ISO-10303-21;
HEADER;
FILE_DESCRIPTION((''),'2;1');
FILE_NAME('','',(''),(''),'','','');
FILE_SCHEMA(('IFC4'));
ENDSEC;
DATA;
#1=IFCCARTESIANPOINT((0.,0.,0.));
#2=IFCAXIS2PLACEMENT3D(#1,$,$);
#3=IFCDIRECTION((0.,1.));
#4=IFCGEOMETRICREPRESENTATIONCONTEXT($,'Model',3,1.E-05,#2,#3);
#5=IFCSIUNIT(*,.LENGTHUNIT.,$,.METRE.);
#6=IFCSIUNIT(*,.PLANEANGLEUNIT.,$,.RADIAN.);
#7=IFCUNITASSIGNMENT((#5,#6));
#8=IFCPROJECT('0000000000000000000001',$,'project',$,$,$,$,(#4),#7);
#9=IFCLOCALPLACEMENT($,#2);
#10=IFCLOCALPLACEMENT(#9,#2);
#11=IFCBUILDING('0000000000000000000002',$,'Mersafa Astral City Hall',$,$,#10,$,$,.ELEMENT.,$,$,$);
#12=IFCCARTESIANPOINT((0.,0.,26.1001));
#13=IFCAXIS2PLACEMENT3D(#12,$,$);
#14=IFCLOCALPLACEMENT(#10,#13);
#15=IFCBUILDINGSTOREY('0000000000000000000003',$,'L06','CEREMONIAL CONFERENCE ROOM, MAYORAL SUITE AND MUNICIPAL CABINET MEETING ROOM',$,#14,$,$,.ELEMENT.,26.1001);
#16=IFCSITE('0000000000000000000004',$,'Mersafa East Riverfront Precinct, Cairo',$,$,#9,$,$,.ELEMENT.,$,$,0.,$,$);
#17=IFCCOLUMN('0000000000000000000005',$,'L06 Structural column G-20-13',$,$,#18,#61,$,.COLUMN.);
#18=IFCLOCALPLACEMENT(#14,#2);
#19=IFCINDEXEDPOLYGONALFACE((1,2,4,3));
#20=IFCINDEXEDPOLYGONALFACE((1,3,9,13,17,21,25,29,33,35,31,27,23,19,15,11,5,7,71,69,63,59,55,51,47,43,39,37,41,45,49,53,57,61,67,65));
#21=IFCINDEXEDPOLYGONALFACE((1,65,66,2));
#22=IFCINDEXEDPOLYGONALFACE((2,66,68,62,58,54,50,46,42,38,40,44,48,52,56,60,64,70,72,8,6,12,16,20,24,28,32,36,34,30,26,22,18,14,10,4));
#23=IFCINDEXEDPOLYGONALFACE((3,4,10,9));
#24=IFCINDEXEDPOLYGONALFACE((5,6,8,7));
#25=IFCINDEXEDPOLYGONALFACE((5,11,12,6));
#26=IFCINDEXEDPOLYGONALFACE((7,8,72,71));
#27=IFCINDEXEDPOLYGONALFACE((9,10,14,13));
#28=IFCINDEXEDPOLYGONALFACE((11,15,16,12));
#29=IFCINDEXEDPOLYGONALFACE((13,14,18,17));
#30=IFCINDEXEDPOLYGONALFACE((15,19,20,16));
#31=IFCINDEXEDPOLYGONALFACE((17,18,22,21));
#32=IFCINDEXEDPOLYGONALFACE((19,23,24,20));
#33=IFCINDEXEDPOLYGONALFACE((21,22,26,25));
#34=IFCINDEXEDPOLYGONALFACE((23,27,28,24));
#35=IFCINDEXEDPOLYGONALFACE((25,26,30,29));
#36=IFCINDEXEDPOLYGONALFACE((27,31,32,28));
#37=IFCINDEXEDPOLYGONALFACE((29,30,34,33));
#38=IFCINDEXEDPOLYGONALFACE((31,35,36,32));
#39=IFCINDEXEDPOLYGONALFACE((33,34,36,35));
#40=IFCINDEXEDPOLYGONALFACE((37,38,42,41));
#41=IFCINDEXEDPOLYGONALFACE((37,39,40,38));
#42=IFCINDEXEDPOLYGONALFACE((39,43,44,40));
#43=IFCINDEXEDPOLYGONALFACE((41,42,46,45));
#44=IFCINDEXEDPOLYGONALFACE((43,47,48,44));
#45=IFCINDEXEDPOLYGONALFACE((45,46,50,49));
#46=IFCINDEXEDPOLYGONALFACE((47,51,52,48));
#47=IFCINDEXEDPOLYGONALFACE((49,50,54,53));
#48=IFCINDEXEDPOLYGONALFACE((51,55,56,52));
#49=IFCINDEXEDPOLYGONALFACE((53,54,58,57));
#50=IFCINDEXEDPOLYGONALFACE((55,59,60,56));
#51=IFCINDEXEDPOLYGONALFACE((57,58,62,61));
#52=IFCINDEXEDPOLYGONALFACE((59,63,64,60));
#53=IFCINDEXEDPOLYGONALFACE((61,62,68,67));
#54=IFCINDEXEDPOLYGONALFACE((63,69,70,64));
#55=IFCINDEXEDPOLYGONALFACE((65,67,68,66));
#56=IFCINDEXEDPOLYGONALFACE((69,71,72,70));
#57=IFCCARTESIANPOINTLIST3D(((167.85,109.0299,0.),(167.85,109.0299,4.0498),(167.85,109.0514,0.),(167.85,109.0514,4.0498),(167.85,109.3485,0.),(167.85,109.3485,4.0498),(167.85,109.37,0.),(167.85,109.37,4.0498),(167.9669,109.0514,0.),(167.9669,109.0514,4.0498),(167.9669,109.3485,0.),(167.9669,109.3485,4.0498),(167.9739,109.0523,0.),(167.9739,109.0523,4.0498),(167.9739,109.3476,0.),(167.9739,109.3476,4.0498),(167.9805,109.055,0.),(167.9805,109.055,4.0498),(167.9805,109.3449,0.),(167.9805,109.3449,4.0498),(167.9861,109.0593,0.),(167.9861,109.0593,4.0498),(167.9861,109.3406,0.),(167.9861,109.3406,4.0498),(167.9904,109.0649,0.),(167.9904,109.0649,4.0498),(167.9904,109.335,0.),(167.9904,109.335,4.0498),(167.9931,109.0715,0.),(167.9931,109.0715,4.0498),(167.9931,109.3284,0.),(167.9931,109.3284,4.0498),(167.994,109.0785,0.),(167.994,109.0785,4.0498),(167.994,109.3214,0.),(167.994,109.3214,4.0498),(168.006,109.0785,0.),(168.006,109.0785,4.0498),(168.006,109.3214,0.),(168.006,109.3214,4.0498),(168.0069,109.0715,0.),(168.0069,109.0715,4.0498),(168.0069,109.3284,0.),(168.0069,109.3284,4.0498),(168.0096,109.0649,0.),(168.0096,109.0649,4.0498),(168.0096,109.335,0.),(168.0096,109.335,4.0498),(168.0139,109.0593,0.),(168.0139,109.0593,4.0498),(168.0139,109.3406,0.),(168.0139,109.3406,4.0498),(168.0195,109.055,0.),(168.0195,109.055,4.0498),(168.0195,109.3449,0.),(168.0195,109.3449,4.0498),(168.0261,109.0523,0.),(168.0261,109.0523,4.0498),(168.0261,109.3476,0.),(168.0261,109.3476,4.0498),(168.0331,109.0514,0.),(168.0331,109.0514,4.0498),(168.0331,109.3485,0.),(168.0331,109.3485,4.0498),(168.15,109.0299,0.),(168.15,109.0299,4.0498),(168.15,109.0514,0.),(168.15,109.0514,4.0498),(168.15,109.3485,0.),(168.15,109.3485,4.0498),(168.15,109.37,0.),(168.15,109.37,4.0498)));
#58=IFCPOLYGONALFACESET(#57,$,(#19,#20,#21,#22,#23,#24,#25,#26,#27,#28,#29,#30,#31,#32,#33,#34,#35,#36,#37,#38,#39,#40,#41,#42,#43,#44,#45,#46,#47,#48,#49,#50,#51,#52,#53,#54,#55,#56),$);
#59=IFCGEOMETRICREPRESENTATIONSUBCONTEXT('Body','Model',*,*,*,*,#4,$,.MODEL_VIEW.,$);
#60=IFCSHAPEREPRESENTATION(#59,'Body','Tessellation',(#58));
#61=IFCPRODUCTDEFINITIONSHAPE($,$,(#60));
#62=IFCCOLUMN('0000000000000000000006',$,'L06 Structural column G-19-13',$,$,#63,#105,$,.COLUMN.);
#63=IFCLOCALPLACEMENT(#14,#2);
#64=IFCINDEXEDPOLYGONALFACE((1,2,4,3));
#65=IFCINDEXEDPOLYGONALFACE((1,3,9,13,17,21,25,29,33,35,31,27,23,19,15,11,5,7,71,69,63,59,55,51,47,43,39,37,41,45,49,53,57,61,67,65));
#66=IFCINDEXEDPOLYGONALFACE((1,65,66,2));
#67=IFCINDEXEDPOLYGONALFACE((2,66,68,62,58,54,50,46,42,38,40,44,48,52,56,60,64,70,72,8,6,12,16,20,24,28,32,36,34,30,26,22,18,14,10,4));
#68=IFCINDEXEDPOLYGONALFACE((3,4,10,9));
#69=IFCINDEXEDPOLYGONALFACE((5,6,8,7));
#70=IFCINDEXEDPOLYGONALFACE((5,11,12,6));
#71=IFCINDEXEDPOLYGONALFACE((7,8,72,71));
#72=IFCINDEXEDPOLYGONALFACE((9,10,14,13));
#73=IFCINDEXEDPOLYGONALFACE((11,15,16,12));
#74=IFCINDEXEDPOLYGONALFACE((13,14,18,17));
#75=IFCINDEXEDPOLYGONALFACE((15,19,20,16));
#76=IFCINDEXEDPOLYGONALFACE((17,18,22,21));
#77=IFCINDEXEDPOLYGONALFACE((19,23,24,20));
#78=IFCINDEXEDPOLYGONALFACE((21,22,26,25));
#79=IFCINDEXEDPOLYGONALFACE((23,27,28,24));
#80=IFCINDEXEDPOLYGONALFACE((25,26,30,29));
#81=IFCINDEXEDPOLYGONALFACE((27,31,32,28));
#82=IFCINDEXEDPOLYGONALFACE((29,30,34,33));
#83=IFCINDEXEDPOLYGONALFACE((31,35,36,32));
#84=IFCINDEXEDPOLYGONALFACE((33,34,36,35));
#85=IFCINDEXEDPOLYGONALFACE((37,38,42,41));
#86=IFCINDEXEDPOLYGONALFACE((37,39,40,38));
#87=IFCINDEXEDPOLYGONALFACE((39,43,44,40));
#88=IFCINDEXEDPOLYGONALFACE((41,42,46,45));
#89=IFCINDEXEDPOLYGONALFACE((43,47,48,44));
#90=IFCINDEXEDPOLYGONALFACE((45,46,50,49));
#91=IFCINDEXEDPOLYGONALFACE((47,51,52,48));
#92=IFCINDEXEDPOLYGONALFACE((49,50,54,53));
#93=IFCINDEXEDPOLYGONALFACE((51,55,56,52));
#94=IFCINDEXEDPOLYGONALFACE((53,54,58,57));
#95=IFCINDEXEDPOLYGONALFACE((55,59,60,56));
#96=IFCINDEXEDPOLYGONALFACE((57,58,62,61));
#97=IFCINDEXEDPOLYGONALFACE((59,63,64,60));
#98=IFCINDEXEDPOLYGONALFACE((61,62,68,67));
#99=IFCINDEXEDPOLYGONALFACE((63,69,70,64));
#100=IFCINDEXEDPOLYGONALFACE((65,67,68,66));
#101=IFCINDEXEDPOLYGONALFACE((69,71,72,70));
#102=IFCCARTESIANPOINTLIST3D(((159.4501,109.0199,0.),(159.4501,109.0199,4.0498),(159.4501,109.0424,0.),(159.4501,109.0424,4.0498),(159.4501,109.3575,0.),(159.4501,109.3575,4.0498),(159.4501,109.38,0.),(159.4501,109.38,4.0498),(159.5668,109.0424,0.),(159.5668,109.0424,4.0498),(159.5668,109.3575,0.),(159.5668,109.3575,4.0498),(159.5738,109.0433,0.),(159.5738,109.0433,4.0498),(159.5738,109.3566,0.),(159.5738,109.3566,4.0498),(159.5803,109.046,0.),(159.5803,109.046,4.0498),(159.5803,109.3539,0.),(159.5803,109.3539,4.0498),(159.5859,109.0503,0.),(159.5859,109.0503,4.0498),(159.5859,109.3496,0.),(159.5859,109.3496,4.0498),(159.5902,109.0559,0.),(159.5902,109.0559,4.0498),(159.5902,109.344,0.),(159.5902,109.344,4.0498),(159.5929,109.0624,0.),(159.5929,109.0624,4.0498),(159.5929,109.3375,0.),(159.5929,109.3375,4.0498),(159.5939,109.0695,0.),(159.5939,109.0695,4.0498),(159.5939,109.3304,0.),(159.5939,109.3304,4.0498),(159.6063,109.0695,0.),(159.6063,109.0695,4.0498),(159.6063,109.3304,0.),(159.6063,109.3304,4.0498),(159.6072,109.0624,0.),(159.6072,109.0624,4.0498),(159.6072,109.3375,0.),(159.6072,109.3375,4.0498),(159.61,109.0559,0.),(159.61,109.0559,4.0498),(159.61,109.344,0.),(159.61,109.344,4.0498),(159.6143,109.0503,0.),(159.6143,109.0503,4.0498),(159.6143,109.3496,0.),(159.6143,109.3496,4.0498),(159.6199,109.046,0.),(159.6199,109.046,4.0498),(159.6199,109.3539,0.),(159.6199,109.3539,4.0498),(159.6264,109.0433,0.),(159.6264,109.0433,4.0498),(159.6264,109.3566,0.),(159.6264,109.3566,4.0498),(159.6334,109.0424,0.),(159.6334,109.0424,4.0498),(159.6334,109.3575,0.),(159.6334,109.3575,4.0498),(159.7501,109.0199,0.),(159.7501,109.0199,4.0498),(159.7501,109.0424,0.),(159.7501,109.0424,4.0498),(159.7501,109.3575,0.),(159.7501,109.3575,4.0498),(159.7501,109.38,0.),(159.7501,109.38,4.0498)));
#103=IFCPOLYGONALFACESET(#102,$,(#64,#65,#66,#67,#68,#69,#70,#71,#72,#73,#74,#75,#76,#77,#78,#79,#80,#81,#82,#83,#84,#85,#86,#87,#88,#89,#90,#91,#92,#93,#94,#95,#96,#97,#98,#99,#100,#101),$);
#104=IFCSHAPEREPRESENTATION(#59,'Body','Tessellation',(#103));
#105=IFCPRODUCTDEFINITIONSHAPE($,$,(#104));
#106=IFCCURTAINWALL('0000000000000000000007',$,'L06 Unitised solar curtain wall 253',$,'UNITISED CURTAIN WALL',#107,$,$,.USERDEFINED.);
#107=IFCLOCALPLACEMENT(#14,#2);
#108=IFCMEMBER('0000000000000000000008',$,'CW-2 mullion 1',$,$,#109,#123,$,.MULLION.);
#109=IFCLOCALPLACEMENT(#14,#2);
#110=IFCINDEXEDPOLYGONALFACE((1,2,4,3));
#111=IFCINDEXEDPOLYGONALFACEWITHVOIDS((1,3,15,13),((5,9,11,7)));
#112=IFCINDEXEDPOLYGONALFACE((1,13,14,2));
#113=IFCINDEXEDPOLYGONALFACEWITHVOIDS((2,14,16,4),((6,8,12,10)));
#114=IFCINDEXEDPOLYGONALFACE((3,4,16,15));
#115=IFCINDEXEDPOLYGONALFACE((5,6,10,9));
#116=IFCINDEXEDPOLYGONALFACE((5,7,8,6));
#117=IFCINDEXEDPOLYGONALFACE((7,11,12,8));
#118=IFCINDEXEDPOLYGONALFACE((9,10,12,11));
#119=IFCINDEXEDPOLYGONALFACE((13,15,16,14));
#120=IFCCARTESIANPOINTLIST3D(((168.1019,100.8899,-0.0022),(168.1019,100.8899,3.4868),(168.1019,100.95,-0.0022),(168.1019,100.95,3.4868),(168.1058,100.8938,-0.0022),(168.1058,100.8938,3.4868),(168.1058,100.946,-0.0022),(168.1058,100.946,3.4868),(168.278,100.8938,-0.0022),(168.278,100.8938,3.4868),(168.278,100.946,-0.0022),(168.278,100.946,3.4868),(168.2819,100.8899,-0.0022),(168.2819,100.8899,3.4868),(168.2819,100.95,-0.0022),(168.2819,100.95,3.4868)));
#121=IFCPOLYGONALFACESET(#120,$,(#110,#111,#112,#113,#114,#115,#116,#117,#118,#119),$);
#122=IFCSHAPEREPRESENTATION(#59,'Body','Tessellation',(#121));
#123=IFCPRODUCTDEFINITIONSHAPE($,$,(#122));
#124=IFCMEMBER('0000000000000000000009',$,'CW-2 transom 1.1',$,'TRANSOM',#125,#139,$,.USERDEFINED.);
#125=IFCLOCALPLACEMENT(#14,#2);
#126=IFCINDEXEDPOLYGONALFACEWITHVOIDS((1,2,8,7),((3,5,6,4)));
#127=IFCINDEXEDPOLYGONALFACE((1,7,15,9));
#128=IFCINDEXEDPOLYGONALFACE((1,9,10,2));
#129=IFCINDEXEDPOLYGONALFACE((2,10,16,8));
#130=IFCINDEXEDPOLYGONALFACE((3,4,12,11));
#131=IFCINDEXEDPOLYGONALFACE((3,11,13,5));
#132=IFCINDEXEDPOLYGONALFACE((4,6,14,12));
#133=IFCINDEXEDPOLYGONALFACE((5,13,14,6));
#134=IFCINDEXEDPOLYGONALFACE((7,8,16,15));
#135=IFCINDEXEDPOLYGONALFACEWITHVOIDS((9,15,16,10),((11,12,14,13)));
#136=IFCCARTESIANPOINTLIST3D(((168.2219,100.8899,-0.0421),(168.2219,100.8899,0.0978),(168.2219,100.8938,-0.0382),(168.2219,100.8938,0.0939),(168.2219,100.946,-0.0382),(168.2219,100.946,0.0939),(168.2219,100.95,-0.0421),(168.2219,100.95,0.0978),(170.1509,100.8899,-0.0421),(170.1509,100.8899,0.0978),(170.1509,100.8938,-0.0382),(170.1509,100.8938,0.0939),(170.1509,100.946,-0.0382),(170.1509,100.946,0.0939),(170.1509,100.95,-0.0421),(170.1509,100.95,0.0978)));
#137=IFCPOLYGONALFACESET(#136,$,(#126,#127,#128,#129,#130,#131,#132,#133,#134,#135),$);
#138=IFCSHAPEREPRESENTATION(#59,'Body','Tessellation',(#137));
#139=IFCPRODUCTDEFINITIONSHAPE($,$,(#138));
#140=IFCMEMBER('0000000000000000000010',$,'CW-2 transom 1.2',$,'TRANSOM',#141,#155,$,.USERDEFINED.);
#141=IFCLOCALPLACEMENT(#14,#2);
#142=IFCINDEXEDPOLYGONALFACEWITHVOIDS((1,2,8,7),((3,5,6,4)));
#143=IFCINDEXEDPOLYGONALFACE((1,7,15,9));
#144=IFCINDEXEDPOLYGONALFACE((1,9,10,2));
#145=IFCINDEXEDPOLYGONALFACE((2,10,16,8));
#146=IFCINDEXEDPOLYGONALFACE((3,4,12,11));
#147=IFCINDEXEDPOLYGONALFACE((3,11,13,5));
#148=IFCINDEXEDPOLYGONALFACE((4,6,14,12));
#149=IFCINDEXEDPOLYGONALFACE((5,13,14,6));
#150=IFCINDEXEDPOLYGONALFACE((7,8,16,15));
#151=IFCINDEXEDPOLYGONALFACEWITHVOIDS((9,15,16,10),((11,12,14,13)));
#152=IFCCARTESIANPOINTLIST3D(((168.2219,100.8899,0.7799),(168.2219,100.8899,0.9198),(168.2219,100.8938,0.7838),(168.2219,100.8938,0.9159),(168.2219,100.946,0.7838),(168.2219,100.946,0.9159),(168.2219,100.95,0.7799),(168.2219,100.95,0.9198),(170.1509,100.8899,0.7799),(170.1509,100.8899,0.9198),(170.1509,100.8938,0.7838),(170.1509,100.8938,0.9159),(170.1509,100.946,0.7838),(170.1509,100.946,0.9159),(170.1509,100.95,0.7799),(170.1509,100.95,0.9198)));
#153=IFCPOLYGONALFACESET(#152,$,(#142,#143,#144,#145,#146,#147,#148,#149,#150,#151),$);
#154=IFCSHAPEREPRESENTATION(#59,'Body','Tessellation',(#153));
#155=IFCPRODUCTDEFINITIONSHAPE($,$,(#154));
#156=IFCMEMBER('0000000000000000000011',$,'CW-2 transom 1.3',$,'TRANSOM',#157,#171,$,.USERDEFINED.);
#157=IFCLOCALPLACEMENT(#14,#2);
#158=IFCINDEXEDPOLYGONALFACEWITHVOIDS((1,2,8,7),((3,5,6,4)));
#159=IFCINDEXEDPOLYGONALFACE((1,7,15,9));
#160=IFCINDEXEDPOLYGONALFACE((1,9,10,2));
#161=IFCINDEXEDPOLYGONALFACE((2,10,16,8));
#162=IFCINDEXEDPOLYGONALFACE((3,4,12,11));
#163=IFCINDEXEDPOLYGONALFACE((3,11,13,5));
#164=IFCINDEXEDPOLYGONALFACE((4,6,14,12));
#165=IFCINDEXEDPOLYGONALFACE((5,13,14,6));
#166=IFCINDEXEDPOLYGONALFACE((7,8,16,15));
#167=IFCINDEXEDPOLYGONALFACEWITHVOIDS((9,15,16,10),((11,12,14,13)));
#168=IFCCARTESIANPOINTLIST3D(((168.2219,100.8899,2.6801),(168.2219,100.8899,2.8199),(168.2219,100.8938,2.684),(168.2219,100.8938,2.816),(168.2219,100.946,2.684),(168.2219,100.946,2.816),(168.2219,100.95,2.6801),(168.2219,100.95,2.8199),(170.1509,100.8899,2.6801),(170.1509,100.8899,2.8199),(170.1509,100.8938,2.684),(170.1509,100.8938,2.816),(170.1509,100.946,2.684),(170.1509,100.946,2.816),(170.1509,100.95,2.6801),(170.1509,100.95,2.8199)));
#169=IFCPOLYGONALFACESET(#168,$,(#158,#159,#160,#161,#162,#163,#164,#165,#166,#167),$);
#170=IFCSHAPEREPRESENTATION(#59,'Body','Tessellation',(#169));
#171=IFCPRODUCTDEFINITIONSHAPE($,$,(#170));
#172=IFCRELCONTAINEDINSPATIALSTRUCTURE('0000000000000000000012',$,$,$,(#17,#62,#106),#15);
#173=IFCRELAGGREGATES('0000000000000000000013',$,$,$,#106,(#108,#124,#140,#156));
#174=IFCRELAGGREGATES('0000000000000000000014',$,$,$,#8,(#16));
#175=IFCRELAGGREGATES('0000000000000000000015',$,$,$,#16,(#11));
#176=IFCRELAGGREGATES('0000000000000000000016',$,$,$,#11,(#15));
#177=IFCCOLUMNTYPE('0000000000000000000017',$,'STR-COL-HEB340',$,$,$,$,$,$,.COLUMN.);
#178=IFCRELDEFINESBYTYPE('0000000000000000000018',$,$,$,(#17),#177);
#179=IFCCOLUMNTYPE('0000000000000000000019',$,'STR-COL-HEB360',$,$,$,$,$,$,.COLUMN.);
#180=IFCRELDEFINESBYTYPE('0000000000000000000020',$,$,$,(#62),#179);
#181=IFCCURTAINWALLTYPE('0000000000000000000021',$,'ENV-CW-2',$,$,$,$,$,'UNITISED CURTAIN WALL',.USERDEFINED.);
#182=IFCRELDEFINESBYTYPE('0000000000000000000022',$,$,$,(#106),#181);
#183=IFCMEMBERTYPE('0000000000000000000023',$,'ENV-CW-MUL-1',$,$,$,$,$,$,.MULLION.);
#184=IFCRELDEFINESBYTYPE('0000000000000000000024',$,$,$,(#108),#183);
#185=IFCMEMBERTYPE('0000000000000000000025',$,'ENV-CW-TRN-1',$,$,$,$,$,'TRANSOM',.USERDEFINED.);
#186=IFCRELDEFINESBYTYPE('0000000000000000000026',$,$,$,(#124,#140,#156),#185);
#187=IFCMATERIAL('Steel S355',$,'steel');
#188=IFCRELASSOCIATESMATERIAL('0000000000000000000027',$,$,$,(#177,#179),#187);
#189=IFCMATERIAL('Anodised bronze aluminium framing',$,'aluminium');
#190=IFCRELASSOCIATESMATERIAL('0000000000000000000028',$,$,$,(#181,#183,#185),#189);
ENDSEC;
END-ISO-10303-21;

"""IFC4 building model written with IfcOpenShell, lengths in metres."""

from ifc_helpers import new_model, si_unit, direction, frame, origin, origin_2d, place, context, subcontext, project, spatial, hollow_rectangle, i_section, extrude, material, material_profile, profile_set, type_object, element, aggregate, save


model = new_model("IFC4")

# Units and contexts
model_context = context("Model", 3, precision=1e-05, world=origin(), true_north=direction((0.0, 1.0)))
body_context = subcontext(model_context, "Body", "Model", "MODEL_VIEW")
ifc_project = project(units=[si_unit("LENGTHUNIT", "METRE"), si_unit("PLANEANGLEUNIT", "RADIAN")], contexts=[model_context])

# Site, building, storey
site_placement = place(None, origin())
site = spatial("IfcSite", under=ifc_project, at=site_placement, Name="Mersafa East Riverfront Precinct, Cairo", CompositionType="ELEMENT", RefElevation=0.0)
building_placement = place(site_placement, origin())
building = spatial("IfcBuilding", under=site, at=building_placement, Name="Mersafa Astral City Hall", CompositionType="ELEMENT")
storey_placement = place(building_placement, frame((0.0, 0.0, 26.1001)))
storey = spatial("IfcBuildingStorey", under=building, at=storey_placement, Name="L06", Description="CEREMONIAL CONFERENCE ROOM, MAYORAL SUITE AND MUNICIPAL CABINET MEETING ROOM", CompositionType="ELEMENT", Elevation=26.1001)

# Columns
ifc_material_1 = material(Name="Steel S355", Category="steel")
ifc_material_profile_1 = material_profile(ifc_material_1, i_section(OverallWidth=0.3, OverallDepth=0.3401, WebThickness=0.012, FlangeThickness=0.0215, FilletRadius=0.0271, at=origin_2d()), Name="HEB 340")
ifc_profile_set_1 = profile_set([ifc_material_profile_1], Name="Steel S355")
column_type_1 = type_object("IfcColumnType", Name="STR-COL-HEB340", PredefinedType="COLUMN", material=ifc_profile_set_1)
column_1_placement = place(storey_placement, frame((168.0, 109.2, 0.0), z_axis=(0.0, 0.0, 1.0), x_axis=(1.0, 0.0, 0.0)))
element("IfcColumn", 1, at=column_1_placement, inside=storey, type_object=column_type_1, Name="L06 Structural column G-20-13", PredefinedType="COLUMN", context=body_context, shape_type="SweptSolid", body=[
    extrude(i_section(OverallWidth=0.3, OverallDepth=0.3401, WebThickness=0.012, FlangeThickness=0.0215, FilletRadius=0.0271, at=origin_2d()), origin(), (0.0, 0.0, 1.0), 4.0498),
])
ifc_material_profile_2 = material_profile(ifc_material_1, i_section(OverallWidth=0.3, OverallDepth=0.3601, WebThickness=0.0125, FlangeThickness=0.0225, FilletRadius=0.0271, at=origin_2d()), Name="HEB 360")
ifc_profile_set_2 = profile_set([ifc_material_profile_2], Name="Steel S355")
column_type_2 = type_object("IfcColumnType", Name="STR-COL-HEB360", PredefinedType="COLUMN", material=ifc_profile_set_2)
column_2_placement = place(storey_placement, frame((159.6001, 109.2, 0.0), z_axis=(0.0, 0.0, 1.0), x_axis=(1.0, 0.0, 0.0)))
element("IfcColumn", 2, at=column_2_placement, inside=storey, type_object=column_type_2, Name="L06 Structural column G-19-13", PredefinedType="COLUMN", context=body_context, shape_type="SweptSolid", body=[
    extrude(i_section(OverallWidth=0.3, OverallDepth=0.3601, WebThickness=0.0125, FlangeThickness=0.0225, FilletRadius=0.0271, at=origin_2d()), origin(), (0.0, 0.0, 1.0), 4.0498),
])

# Curtain wall, members
ifc_material_2 = material(Name="Anodised bronze aluminium framing", Category="aluminium")
curtain_wall_type = type_object("IfcCurtainWallType", Name="ENV-CW-2", ElementType="UNITISED CURTAIN WALL", PredefinedType="USERDEFINED", material=ifc_material_2)
curtain_wall_placement = place(storey_placement, origin())
curtain_wall = element("IfcCurtainWall", 3, at=curtain_wall_placement, inside=storey, type_object=curtain_wall_type, Name="L06 Unitised solar curtain wall 253", ObjectType="UNITISED CURTAIN WALL", PredefinedType="USERDEFINED")
ifc_material_profile_3 = material_profile(ifc_material_2, hollow_rectangle(XDim=0.0601, YDim=0.1799, WallThickness=0.0039, at=origin_2d()), Name="RHS 60x180x4")
ifc_profile_set_3 = profile_set([ifc_material_profile_3], Name="Anodised bronze aluminium framing")
member_type_1 = type_object("IfcMemberType", Name="ENV-CW-MUL-1", PredefinedType="MULLION", material=ifc_profile_set_3)
member_1_placement = place(storey_placement, frame((168.1919, 100.9199, -0.0022), z_axis=(0.0, 0.0, 1.0), x_axis=(0.0, 1.0, 0.0)))
member_1 = element("IfcMember", 4, at=member_1_placement, type_object=member_type_1, Name="CW-2 mullion 1", PredefinedType="MULLION", context=body_context, shape_type="SweptSolid", body=[
    extrude(hollow_rectangle(XDim=0.0601, YDim=0.1799, WallThickness=0.0039, at=origin_2d()), origin(), (0.0, 0.0, 1.0), 3.489),
])
ifc_material_profile_4 = material_profile(ifc_material_2, hollow_rectangle(XDim=0.0601, YDim=0.1399, WallThickness=0.0039, at=origin_2d()), Name="RHS 60x140x4")
ifc_profile_set_4 = profile_set([ifc_material_profile_4], Name="Anodised bronze aluminium framing")
member_type_2 = type_object("IfcMemberType", Name="ENV-CW-TRN-1", ElementType="TRANSOM", PredefinedType="USERDEFINED", material=ifc_profile_set_4)
member_2_placement = place(storey_placement, frame((168.2219, 100.9199, 0.0278), z_axis=(1.0, 0.0, 0.0), x_axis=(0.0, 1.0, 0.0)))
member_2 = element("IfcMember", 5, at=member_2_placement, type_object=member_type_2, Name="CW-2 transom 1.1", ObjectType="TRANSOM", PredefinedType="USERDEFINED", context=body_context, shape_type="SweptSolid", body=[
    extrude(hollow_rectangle(XDim=0.0601, YDim=0.1399, WallThickness=0.0039, at=origin_2d()), origin(), (0.0, 0.0, 1.0), 1.929),
])
member_3_placement = place(storey_placement, frame((168.2219, 100.9199, 0.8499), z_axis=(1.0, 0.0, 0.0), x_axis=(0.0, 1.0, 0.0)))
member_3 = element("IfcMember", 6, at=member_3_placement, type_object=member_type_2, Name="CW-2 transom 1.2", ObjectType="TRANSOM", PredefinedType="USERDEFINED", context=body_context, shape_type="SweptSolid", body=[
    extrude(hollow_rectangle(XDim=0.0601, YDim=0.1399, WallThickness=0.0039, at=origin_2d()), origin(), (0.0, 0.0, 1.0), 1.929),
])
member_4_placement = place(storey_placement, frame((168.2219, 100.9199, 2.75), z_axis=(1.0, 0.0, 0.0), x_axis=(0.0, 1.0, 0.0)))
member_4 = element("IfcMember", 7, at=member_4_placement, type_object=member_type_2, Name="CW-2 transom 1.3", ObjectType="TRANSOM", PredefinedType="USERDEFINED", context=body_context, shape_type="SweptSolid", body=[
    extrude(hollow_rectangle(XDim=0.0601, YDim=0.1399, WallThickness=0.0039, at=origin_2d()), origin(), (0.0, 0.0, 1.0), 1.929),
])
aggregate(curtain_wall, [member_1, member_2, member_3, member_4])

save(model, "model.ifc")
